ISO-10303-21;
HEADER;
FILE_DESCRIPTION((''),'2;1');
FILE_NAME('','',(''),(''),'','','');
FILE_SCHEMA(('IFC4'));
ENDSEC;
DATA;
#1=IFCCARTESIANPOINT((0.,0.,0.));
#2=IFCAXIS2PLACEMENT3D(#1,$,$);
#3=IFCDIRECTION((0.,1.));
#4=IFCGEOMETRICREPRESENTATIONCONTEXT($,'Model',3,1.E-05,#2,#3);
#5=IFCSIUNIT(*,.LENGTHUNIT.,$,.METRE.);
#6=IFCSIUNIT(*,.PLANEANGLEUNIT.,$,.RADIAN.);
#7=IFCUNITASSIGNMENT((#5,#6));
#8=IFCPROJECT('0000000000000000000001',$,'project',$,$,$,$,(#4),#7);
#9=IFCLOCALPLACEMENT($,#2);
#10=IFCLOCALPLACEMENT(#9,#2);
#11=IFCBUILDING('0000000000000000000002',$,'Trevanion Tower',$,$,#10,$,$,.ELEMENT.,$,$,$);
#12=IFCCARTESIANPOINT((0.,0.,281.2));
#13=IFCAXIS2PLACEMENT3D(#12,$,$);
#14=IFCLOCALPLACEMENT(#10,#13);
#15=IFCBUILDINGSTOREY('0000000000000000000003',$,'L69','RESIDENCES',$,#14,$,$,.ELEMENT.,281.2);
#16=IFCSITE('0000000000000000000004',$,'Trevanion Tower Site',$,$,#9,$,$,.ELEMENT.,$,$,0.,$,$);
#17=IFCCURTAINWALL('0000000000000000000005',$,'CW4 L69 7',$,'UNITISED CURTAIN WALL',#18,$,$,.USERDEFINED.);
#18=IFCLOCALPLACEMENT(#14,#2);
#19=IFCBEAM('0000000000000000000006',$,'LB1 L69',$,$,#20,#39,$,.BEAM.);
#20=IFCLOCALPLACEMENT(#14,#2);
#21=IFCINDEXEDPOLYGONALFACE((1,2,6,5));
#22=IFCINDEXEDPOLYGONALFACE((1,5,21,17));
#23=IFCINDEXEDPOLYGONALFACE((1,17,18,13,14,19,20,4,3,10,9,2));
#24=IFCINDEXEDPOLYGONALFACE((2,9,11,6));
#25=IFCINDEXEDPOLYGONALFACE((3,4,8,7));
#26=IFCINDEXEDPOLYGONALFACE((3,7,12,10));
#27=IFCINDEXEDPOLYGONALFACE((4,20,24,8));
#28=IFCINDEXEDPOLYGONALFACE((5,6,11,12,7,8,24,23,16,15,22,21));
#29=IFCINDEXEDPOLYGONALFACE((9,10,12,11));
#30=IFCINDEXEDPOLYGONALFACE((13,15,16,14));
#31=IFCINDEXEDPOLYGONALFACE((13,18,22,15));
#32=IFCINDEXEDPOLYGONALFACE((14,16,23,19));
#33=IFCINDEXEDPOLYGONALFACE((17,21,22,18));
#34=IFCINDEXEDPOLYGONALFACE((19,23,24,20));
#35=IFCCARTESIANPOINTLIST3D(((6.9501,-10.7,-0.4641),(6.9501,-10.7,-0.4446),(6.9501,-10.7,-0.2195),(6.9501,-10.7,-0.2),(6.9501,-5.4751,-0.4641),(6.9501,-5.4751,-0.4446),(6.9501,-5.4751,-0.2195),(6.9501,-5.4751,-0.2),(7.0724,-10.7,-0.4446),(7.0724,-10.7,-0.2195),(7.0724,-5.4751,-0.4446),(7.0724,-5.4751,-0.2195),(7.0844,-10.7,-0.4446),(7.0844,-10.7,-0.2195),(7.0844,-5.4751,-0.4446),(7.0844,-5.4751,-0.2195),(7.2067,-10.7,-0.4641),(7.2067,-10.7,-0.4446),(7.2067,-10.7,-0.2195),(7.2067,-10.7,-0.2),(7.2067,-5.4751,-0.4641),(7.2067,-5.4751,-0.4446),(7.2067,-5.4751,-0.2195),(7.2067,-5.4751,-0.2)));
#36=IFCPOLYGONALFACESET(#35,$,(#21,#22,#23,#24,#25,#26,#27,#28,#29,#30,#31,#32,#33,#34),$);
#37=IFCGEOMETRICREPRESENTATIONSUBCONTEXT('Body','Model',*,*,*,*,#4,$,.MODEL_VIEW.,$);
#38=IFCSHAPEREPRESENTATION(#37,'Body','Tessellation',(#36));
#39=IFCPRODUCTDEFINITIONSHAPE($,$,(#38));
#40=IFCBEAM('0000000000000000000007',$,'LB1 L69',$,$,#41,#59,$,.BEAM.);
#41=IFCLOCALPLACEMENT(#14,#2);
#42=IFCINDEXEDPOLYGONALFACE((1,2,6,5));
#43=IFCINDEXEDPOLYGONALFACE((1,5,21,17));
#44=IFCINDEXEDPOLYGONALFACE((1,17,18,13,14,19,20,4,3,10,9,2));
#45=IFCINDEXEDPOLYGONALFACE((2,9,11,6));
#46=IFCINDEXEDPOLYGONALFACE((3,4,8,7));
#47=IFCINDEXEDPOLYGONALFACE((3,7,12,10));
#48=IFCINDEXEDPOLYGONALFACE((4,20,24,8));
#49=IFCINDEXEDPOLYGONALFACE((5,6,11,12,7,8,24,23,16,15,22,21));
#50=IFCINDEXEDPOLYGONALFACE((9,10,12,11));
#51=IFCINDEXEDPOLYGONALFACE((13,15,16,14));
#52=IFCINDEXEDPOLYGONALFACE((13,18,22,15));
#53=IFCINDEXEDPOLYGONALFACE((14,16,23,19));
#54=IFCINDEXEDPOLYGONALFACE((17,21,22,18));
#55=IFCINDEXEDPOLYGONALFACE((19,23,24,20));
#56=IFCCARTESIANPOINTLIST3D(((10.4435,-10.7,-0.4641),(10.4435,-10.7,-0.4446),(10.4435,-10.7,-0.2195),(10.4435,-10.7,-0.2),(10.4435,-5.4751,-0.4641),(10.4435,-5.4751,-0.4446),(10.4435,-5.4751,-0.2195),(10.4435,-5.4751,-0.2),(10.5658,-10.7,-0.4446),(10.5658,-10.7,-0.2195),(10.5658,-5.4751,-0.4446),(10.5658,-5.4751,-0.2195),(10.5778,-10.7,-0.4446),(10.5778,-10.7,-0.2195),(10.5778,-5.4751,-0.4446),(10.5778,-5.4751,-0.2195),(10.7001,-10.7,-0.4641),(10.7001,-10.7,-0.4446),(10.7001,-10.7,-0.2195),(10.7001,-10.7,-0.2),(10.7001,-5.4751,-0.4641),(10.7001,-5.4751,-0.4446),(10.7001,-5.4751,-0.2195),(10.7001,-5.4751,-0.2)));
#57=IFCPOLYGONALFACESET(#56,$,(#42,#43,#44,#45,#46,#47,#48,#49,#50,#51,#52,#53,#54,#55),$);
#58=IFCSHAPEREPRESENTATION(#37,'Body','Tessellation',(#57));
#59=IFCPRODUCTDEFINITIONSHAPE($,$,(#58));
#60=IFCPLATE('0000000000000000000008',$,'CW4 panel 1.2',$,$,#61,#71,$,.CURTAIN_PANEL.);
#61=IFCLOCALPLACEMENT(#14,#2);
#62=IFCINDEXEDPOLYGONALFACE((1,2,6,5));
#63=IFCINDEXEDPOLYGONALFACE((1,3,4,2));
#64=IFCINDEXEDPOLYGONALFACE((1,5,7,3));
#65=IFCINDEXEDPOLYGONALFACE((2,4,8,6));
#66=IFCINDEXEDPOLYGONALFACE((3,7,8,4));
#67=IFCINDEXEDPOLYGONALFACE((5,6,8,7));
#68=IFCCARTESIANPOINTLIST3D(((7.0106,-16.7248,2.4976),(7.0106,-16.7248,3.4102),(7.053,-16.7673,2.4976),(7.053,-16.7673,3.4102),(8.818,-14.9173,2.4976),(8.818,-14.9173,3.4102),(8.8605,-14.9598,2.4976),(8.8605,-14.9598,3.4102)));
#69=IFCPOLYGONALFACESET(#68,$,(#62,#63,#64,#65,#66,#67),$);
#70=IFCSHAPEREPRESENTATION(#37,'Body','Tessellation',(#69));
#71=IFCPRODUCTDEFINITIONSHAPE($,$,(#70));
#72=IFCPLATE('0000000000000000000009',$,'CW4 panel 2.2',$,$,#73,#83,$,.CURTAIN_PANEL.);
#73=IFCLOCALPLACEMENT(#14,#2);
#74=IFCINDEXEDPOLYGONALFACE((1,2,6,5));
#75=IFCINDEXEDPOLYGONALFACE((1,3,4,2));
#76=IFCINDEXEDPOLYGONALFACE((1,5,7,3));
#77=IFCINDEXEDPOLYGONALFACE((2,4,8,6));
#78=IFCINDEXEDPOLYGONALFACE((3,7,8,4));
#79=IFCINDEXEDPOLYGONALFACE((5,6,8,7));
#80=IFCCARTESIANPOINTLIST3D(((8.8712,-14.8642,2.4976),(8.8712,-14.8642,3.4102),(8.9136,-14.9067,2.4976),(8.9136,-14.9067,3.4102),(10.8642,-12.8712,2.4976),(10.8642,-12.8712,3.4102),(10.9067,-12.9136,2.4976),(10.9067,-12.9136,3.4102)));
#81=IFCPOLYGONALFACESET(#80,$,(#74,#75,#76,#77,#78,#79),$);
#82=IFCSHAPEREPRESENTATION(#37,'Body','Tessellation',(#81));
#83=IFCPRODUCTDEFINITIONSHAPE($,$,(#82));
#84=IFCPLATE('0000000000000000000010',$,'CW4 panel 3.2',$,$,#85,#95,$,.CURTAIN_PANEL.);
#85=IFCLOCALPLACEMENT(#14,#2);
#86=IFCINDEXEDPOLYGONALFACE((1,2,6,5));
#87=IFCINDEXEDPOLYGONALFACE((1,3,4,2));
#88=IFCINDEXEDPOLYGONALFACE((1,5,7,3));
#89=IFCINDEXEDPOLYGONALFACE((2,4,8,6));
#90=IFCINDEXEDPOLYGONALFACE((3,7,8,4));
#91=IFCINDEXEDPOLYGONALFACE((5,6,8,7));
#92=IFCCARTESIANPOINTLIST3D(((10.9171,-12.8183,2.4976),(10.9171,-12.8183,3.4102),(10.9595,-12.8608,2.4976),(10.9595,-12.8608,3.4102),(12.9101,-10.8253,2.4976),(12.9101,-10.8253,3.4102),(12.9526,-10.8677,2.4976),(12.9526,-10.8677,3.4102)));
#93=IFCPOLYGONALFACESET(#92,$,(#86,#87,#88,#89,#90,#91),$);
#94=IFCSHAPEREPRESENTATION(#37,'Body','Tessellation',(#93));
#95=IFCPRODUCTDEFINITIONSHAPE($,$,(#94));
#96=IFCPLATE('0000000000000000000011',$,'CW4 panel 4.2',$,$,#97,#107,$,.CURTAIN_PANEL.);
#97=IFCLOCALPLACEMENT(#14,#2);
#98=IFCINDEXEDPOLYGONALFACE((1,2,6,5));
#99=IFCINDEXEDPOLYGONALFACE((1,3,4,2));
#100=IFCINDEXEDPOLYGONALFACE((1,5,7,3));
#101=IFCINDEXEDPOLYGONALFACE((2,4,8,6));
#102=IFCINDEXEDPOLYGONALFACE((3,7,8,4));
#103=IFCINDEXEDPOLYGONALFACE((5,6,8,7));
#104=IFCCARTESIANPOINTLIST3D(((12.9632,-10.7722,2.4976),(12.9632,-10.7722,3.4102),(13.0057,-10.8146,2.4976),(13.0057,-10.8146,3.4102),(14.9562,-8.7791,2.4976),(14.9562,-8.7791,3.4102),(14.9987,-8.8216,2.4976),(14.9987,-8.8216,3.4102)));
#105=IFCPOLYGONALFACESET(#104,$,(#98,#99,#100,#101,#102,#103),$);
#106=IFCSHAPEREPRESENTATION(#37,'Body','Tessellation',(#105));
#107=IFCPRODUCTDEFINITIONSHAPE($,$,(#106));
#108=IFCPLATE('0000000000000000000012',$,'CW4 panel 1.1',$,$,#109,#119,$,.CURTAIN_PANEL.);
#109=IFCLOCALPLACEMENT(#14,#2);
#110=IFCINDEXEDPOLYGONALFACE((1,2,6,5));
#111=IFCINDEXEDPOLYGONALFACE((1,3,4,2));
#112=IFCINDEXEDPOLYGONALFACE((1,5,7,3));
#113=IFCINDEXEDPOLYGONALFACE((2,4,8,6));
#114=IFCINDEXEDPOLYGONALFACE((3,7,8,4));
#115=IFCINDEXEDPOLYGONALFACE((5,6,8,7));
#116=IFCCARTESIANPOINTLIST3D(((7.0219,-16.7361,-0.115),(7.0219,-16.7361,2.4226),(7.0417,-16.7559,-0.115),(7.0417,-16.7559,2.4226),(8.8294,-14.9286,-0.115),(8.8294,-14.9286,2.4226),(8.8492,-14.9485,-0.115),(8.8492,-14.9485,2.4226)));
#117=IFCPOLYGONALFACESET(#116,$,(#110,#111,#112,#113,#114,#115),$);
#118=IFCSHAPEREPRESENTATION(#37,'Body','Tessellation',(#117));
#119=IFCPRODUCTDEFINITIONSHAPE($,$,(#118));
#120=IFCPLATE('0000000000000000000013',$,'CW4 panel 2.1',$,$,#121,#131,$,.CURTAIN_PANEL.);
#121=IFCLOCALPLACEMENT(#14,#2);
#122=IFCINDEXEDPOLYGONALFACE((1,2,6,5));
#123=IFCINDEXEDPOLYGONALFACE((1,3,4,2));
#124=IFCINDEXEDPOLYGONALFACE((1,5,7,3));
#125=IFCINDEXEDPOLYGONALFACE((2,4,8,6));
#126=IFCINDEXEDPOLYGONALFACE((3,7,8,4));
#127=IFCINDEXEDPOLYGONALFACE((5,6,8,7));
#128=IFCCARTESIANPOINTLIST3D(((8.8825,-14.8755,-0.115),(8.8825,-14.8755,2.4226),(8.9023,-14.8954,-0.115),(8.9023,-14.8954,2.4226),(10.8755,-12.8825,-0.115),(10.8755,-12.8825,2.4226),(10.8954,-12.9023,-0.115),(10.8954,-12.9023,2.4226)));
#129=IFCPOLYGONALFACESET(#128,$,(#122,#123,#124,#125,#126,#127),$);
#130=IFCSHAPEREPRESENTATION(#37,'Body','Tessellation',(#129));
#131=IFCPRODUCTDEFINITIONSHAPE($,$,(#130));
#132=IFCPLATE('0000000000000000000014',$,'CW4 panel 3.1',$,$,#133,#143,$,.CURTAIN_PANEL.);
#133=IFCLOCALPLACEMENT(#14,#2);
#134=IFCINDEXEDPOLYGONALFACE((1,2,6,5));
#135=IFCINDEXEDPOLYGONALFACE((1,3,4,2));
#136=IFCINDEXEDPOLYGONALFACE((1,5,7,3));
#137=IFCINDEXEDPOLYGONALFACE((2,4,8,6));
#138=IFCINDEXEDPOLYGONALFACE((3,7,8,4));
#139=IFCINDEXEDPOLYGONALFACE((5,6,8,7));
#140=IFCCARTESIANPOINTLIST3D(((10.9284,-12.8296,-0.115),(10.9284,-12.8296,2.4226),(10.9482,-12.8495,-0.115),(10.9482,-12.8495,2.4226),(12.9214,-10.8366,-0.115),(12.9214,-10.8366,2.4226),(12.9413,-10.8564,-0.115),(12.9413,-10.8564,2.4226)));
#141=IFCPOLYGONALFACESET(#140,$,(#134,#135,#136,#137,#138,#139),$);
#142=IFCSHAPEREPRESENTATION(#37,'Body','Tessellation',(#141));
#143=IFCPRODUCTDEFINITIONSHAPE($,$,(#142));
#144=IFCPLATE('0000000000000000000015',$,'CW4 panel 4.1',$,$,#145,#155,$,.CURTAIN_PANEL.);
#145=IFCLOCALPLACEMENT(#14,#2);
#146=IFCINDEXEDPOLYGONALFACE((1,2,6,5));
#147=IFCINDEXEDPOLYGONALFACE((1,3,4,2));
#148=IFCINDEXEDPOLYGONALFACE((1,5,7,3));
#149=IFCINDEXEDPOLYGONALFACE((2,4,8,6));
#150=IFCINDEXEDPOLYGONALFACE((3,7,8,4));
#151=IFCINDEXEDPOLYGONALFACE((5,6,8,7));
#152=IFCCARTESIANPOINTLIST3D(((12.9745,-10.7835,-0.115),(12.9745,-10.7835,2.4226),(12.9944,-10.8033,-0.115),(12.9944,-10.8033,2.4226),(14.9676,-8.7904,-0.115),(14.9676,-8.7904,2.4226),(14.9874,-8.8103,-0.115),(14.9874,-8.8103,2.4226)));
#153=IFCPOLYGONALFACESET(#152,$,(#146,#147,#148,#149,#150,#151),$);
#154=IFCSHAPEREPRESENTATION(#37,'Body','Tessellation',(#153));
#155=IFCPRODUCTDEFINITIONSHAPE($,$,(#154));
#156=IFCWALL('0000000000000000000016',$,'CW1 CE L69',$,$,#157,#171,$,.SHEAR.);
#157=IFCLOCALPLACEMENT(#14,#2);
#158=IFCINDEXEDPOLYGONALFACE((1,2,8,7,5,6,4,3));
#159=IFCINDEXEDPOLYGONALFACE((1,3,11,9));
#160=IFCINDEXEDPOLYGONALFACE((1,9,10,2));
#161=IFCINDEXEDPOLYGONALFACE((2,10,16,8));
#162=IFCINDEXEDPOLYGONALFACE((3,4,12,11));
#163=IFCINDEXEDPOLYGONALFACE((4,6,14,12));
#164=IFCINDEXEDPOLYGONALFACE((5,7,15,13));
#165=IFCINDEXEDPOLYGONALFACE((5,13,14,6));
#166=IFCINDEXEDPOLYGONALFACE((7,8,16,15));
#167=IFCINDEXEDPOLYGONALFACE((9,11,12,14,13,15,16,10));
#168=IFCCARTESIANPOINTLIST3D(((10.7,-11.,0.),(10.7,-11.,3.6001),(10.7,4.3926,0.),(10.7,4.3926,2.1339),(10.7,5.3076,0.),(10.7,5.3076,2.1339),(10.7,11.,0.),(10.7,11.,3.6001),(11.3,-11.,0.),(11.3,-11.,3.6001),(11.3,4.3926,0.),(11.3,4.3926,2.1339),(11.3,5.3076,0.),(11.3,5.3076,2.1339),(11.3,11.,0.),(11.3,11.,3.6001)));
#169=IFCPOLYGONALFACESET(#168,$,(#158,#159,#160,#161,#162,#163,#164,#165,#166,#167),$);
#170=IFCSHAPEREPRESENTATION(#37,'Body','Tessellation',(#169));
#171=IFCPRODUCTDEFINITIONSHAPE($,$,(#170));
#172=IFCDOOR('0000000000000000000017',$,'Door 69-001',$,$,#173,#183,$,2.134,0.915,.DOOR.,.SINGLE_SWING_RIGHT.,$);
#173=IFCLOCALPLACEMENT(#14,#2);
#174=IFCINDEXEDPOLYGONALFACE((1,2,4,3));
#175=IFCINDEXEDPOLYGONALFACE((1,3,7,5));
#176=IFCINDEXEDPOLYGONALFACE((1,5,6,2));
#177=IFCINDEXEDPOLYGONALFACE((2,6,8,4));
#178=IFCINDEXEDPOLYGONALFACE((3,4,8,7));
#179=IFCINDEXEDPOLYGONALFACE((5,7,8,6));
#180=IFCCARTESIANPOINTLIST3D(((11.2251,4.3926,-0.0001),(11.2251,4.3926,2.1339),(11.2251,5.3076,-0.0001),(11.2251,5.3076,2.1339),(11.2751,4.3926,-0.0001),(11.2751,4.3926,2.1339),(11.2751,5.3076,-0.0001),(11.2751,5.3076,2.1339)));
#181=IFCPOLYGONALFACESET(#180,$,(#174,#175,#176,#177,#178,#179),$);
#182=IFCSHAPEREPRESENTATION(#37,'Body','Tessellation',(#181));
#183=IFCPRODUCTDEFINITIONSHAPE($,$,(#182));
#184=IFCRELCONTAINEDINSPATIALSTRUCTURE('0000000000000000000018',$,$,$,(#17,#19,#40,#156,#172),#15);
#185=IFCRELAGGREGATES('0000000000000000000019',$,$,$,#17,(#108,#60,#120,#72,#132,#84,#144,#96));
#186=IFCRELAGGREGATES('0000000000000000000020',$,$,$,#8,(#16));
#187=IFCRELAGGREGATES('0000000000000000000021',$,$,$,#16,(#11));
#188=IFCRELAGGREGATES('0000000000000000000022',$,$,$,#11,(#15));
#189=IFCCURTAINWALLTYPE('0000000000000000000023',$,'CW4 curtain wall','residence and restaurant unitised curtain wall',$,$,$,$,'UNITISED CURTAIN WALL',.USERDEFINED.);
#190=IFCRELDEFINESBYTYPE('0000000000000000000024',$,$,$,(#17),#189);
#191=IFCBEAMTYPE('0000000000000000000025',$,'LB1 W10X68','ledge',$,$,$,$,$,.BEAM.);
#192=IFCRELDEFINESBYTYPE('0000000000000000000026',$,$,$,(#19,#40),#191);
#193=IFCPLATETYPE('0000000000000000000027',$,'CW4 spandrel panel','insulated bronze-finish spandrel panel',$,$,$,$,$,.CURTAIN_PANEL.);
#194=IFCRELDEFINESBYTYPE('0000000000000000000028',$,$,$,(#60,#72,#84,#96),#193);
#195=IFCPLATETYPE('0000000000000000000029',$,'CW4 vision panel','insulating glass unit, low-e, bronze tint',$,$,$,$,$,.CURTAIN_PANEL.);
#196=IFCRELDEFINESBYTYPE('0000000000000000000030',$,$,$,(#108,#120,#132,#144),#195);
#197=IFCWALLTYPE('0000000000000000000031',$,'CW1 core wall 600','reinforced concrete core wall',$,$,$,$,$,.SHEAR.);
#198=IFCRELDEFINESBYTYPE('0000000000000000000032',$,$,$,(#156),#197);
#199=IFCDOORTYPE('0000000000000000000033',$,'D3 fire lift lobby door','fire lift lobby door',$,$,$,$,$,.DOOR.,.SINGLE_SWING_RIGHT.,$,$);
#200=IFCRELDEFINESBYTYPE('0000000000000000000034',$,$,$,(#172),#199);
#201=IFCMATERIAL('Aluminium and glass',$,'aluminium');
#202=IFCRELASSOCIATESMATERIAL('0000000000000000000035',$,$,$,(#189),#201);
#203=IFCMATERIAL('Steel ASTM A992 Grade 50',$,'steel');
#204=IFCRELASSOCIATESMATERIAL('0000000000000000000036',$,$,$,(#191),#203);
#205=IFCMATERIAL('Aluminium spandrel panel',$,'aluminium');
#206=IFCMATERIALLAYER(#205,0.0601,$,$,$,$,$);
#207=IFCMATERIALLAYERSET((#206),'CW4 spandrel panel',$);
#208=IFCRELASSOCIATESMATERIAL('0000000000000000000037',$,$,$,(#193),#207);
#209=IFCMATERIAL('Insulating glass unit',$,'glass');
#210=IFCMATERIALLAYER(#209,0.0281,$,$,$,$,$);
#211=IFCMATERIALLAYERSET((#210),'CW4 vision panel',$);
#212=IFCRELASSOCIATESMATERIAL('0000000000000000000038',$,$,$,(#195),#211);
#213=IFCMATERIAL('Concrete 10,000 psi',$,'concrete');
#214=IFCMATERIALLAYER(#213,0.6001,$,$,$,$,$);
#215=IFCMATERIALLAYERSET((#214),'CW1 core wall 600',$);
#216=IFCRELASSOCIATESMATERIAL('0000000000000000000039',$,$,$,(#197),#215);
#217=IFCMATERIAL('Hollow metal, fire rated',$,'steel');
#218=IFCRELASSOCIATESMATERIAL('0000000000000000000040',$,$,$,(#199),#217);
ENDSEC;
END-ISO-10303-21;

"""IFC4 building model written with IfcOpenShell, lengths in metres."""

from ifc_helpers import new_model, si_unit, direction, frame, frame_2d, origin, origin_2d, place, context, subcontext, project, spatial, rectangle, i_section, extrude, material, layer, layer_set, material_profile, profile_set, type_object, element, fill, aggregate, save


model = new_model("IFC4")

# Units and contexts
model_context = context("Model", 3, precision=1e-05, world=origin(), true_north=direction((0.0, 1.0)))
body_context = subcontext(model_context, "Body", "Model", "MODEL_VIEW")
ifc_project = project(units=[si_unit("LENGTHUNIT", "METRE"), si_unit("PLANEANGLEUNIT", "RADIAN")], contexts=[model_context])

# Site, building, storey
site_placement = place(None, origin())
site = spatial("IfcSite", under=ifc_project, at=site_placement, Name="Trevanion Tower Site", CompositionType="ELEMENT", RefElevation=0.0)
building_placement = place(site_placement, origin())
building = spatial("IfcBuilding", under=site, at=building_placement, Name="Trevanion Tower", CompositionType="ELEMENT")
storey_placement = place(building_placement, frame((0.0, 0.0, 281.2)))
storey = spatial("IfcBuildingStorey", under=building, at=storey_placement, Name="L69", Description="RESIDENCES", CompositionType="ELEMENT", Elevation=281.2)

# Curtain wall
ifc_material_1 = material(Name="Aluminium and glass", Category="aluminium")
curtain_wall_type = type_object("IfcCurtainWallType", Name="CW4 curtain wall", Description="residence and restaurant unitised curtain wall", ElementType="UNITISED CURTAIN WALL", PredefinedType="USERDEFINED", material=ifc_material_1)
curtain_wall_placement = place(storey_placement, origin())
curtain_wall = element("IfcCurtainWall", 1, at=curtain_wall_placement, inside=storey, type_object=curtain_wall_type, Name="CW4 L69 7", ObjectType="UNITISED CURTAIN WALL", PredefinedType="USERDEFINED")

# Beams
ifc_material_2 = material(Name="Steel ASTM A992 Grade 50", Category="steel")
ifc_material_profile_1 = material_profile(ifc_material_2, i_section(OverallWidth=0.2566, OverallDepth=0.2642, WebThickness=0.012, FlangeThickness=0.0195, at=origin_2d()), Name="W10X68")
ifc_profile_set_1 = profile_set([ifc_material_profile_1], Name="Steel ASTM A992 Grade 50")
beam_type = type_object("IfcBeamType", Name="LB1 W10X68", Description="ledge", PredefinedType="BEAM", material=ifc_profile_set_1)
for number, where, z_axis, x_axis, name in (
    (2, (7.0784, -10.7, -0.332), (0.0, 1.0, 0.0), (-1.0, 0.0, 0.0), "LB1 L69"),
    (3, (10.5718, -10.7, -0.332), (0.0, 1.0, 0.0), (-1.0, 0.0, 0.0), "LB1 L69"),
):
    element("IfcBeam", number, at=place(storey_placement, frame(where, z_axis=z_axis, x_axis=x_axis)), inside=storey, type_object=beam_type, Name=name, PredefinedType="BEAM", context=body_context, shape_type="SweptSolid", body=[
        extrude(i_section(OverallWidth=0.2566, OverallDepth=0.2642, WebThickness=0.012, FlangeThickness=0.0195, at=origin_2d()), origin(), (0.0, 0.0, 1.0), 5.2249),
    ])

# Plates
ifc_material_3 = material(Name="Aluminium spandrel panel", Category="aluminium")
ifc_layer_1 = layer(ifc_material_3, 0.0601)
ifc_layer_set_1 = layer_set([ifc_layer_1], Name="CW4 spandrel panel")
plate_type_1 = type_object("IfcPlateType", Name="CW4 spandrel panel", Description="insulated bronze-finish spandrel panel", PredefinedType="CURTAIN_PANEL", material=ifc_layer_set_1)
plate_1_placement = place(storey_placement, frame((7.9355, -15.8423, 2.4976), z_axis=(0.0, 0.0, 1.0), x_axis=(0.707107, 0.707107, 0.0)))
plate_1 = element("IfcPlate", 4, at=plate_1_placement, type_object=plate_type_1, Name="CW4 panel 1.2", PredefinedType="CURTAIN_PANEL", context=body_context, shape_type="SweptSolid", body=[
    extrude(rectangle(XDim=2.5562, YDim=0.0601, at=origin_2d()), origin(), (0.0, 0.0, 1.0), 0.9126),
])
plate_2_placement = place(storey_placement, frame((9.8889, -13.8889, 2.4976), z_axis=(0.0, 0.0, 1.0), x_axis=(0.707107, 0.707107, 0.0)))
plate_2 = element("IfcPlate", 5, at=plate_2_placement, type_object=plate_type_1, Name="CW4 panel 2.2", PredefinedType="CURTAIN_PANEL", context=body_context, shape_type="SweptSolid", body=[
    extrude(rectangle(XDim=2.8186, YDim=0.0601, at=origin_2d()), origin(), (0.0, 0.0, 1.0), 0.9126),
])
plate_3_placement = place(storey_placement, frame((11.9348, -11.843, 2.4976), z_axis=(0.0, 0.0, 1.0), x_axis=(0.707107, 0.707107, 0.0)))
plate_3 = element("IfcPlate", 6, at=plate_3_placement, type_object=plate_type_1, Name="CW4 panel 3.2", PredefinedType="CURTAIN_PANEL", context=body_context, shape_type="SweptSolid", body=[
    extrude(rectangle(XDim=2.8186, YDim=0.0601, at=origin_2d()), origin(), (0.0, 0.0, 1.0), 0.9126),
])
plate_4_placement = place(storey_placement, frame((13.981, -9.7969, 2.4976), z_axis=(0.0, 0.0, 1.0), x_axis=(0.707107, 0.707107, 0.0)))
plate_4 = element("IfcPlate", 7, at=plate_4_placement, type_object=plate_type_1, Name="CW4 panel 4.2", PredefinedType="CURTAIN_PANEL", context=body_context, shape_type="SweptSolid", body=[
    extrude(rectangle(XDim=2.8186, YDim=0.0601, at=origin_2d()), origin(), (0.0, 0.0, 1.0), 0.9126),
])
ifc_material_4 = material(Name="Insulating glass unit", Category="glass")
ifc_layer_2 = layer(ifc_material_4, 0.0281)
ifc_layer_set_2 = layer_set([ifc_layer_2], Name="CW4 vision panel")
plate_type_2 = type_object("IfcPlateType", Name="CW4 vision panel", Description="insulating glass unit, low-e, bronze tint", PredefinedType="CURTAIN_PANEL", material=ifc_layer_set_2)
plate_5_placement = place(storey_placement, frame((7.9355, -15.8423, -0.115), z_axis=(0.0, 0.0, 1.0), x_axis=(0.707107, 0.707107, 0.0)))
plate_5 = element("IfcPlate", 8, at=plate_5_placement, type_object=plate_type_2, Name="CW4 panel 1.1", PredefinedType="CURTAIN_PANEL", context=body_context, shape_type="SweptSolid", body=[
    extrude(rectangle(XDim=2.5562, YDim=0.0281, at=origin_2d()), origin(), (0.0, 0.0, 1.0), 2.5376),
])
plate_6_placement = place(storey_placement, frame((9.8889, -13.8889, -0.115), z_axis=(0.0, 0.0, 1.0), x_axis=(0.707107, 0.707107, 0.0)))
plate_6 = element("IfcPlate", 9, at=plate_6_placement, type_object=plate_type_2, Name="CW4 panel 2.1", PredefinedType="CURTAIN_PANEL", context=body_context, shape_type="SweptSolid", body=[
    extrude(rectangle(XDim=2.8186, YDim=0.0281, at=origin_2d()), origin(), (0.0, 0.0, 1.0), 2.5376),
])
plate_7_placement = place(storey_placement, frame((11.9348, -11.843, -0.115), z_axis=(0.0, 0.0, 1.0), x_axis=(0.707107, 0.707107, 0.0)))
plate_7 = element("IfcPlate", 10, at=plate_7_placement, type_object=plate_type_2, Name="CW4 panel 3.1", PredefinedType="CURTAIN_PANEL", context=body_context, shape_type="SweptSolid", body=[
    extrude(rectangle(XDim=2.8186, YDim=0.0281, at=origin_2d()), origin(), (0.0, 0.0, 1.0), 2.5376),
])
plate_8_placement = place(storey_placement, frame((13.981, -9.7969, -0.115), z_axis=(0.0, 0.0, 1.0), x_axis=(0.707107, 0.707107, 0.0)))
plate_8 = element("IfcPlate", 11, at=plate_8_placement, type_object=plate_type_2, Name="CW4 panel 4.1", PredefinedType="CURTAIN_PANEL", context=body_context, shape_type="SweptSolid", body=[
    extrude(rectangle(XDim=2.8186, YDim=0.0281, at=origin_2d()), origin(), (0.0, 0.0, 1.0), 2.5376),
])
aggregate(curtain_wall, [plate_5, plate_1, plate_6, plate_2, plate_7, plate_3, plate_8, plate_4])

# Wall, opening, door
ifc_material_5 = material(Name="Concrete 10,000 psi", Category="concrete")
ifc_layer_3 = layer(ifc_material_5, 0.6001)
ifc_layer_set_3 = layer_set([ifc_layer_3], Name="CW1 core wall 600")
wall_type_1 = type_object("IfcWallType", Name="CW1 core wall 600", Description="reinforced concrete core wall", PredefinedType="SHEAR", material=ifc_layer_set_3)
wall_1_placement = place(storey_placement, frame((11.0, -11.0, 0.0), z_axis=(0.0, 0.0, 1.0), x_axis=(0.0, 1.0, 0.0)))
wall_1 = element("IfcWall", 12, at=wall_1_placement, inside=storey, type_object=wall_type_1, Name="CW1 CE L69", PredefinedType="SHEAR", context=body_context, shape_type="SweptSolid", body=[
    extrude(rectangle(XDim=22.0, YDim=0.6001, at=frame_2d((11.0, 0.0))), origin(), (0.0, 0.0, 1.0), 3.6001),
])
opening_placement = place(wall_1_placement, frame((15.3926, 0.0, 0.0)))
opening = element("IfcOpeningElement", 13, at=opening_placement, cuts=wall_1, PredefinedType="OPENING", context=body_context, shape_type="SweptSolid", body=[
    extrude(rectangle(XDim=0.915, YDim=2.134, at=frame_2d((0.4575, 1.0669))), frame((0.0, 0.3101, 0.0), z_axis=(0.0, -1.0, 0.0), x_axis=(1.0, 0.0, 0.0)), (0.0, 0.0, 1.0), 0.6201),
])
ifc_material_6 = material(Name="Hollow metal, fire rated", Category="steel")
door_type = type_object("IfcDoorType", Name="D3 fire lift lobby door", Description="fire lift lobby door", OperationType="SINGLE_SWING_RIGHT", PredefinedType="DOOR", material=ifc_material_6)
door_placement = place(opening_placement, origin())
door = element("IfcDoor", 14, at=door_placement, inside=storey, type_object=door_type, Name="Door 69-001", OperationType="SINGLE_SWING_RIGHT", OverallHeight=2.134, OverallWidth=0.915, PredefinedType="DOOR", context=body_context, shape_type="SweptSolid", body=[
    extrude(rectangle(XDim=0.915, YDim=2.134, at=frame_2d((0.4575, 1.0669))), frame((0.0, -0.2251, 0.0), z_axis=(0.0, -1.0, 0.0), x_axis=(1.0, 0.0, 0.0)), (0.0, 0.0, 1.0), 0.05),
])
fill(opening, door)

save(model, "model.ifc")
